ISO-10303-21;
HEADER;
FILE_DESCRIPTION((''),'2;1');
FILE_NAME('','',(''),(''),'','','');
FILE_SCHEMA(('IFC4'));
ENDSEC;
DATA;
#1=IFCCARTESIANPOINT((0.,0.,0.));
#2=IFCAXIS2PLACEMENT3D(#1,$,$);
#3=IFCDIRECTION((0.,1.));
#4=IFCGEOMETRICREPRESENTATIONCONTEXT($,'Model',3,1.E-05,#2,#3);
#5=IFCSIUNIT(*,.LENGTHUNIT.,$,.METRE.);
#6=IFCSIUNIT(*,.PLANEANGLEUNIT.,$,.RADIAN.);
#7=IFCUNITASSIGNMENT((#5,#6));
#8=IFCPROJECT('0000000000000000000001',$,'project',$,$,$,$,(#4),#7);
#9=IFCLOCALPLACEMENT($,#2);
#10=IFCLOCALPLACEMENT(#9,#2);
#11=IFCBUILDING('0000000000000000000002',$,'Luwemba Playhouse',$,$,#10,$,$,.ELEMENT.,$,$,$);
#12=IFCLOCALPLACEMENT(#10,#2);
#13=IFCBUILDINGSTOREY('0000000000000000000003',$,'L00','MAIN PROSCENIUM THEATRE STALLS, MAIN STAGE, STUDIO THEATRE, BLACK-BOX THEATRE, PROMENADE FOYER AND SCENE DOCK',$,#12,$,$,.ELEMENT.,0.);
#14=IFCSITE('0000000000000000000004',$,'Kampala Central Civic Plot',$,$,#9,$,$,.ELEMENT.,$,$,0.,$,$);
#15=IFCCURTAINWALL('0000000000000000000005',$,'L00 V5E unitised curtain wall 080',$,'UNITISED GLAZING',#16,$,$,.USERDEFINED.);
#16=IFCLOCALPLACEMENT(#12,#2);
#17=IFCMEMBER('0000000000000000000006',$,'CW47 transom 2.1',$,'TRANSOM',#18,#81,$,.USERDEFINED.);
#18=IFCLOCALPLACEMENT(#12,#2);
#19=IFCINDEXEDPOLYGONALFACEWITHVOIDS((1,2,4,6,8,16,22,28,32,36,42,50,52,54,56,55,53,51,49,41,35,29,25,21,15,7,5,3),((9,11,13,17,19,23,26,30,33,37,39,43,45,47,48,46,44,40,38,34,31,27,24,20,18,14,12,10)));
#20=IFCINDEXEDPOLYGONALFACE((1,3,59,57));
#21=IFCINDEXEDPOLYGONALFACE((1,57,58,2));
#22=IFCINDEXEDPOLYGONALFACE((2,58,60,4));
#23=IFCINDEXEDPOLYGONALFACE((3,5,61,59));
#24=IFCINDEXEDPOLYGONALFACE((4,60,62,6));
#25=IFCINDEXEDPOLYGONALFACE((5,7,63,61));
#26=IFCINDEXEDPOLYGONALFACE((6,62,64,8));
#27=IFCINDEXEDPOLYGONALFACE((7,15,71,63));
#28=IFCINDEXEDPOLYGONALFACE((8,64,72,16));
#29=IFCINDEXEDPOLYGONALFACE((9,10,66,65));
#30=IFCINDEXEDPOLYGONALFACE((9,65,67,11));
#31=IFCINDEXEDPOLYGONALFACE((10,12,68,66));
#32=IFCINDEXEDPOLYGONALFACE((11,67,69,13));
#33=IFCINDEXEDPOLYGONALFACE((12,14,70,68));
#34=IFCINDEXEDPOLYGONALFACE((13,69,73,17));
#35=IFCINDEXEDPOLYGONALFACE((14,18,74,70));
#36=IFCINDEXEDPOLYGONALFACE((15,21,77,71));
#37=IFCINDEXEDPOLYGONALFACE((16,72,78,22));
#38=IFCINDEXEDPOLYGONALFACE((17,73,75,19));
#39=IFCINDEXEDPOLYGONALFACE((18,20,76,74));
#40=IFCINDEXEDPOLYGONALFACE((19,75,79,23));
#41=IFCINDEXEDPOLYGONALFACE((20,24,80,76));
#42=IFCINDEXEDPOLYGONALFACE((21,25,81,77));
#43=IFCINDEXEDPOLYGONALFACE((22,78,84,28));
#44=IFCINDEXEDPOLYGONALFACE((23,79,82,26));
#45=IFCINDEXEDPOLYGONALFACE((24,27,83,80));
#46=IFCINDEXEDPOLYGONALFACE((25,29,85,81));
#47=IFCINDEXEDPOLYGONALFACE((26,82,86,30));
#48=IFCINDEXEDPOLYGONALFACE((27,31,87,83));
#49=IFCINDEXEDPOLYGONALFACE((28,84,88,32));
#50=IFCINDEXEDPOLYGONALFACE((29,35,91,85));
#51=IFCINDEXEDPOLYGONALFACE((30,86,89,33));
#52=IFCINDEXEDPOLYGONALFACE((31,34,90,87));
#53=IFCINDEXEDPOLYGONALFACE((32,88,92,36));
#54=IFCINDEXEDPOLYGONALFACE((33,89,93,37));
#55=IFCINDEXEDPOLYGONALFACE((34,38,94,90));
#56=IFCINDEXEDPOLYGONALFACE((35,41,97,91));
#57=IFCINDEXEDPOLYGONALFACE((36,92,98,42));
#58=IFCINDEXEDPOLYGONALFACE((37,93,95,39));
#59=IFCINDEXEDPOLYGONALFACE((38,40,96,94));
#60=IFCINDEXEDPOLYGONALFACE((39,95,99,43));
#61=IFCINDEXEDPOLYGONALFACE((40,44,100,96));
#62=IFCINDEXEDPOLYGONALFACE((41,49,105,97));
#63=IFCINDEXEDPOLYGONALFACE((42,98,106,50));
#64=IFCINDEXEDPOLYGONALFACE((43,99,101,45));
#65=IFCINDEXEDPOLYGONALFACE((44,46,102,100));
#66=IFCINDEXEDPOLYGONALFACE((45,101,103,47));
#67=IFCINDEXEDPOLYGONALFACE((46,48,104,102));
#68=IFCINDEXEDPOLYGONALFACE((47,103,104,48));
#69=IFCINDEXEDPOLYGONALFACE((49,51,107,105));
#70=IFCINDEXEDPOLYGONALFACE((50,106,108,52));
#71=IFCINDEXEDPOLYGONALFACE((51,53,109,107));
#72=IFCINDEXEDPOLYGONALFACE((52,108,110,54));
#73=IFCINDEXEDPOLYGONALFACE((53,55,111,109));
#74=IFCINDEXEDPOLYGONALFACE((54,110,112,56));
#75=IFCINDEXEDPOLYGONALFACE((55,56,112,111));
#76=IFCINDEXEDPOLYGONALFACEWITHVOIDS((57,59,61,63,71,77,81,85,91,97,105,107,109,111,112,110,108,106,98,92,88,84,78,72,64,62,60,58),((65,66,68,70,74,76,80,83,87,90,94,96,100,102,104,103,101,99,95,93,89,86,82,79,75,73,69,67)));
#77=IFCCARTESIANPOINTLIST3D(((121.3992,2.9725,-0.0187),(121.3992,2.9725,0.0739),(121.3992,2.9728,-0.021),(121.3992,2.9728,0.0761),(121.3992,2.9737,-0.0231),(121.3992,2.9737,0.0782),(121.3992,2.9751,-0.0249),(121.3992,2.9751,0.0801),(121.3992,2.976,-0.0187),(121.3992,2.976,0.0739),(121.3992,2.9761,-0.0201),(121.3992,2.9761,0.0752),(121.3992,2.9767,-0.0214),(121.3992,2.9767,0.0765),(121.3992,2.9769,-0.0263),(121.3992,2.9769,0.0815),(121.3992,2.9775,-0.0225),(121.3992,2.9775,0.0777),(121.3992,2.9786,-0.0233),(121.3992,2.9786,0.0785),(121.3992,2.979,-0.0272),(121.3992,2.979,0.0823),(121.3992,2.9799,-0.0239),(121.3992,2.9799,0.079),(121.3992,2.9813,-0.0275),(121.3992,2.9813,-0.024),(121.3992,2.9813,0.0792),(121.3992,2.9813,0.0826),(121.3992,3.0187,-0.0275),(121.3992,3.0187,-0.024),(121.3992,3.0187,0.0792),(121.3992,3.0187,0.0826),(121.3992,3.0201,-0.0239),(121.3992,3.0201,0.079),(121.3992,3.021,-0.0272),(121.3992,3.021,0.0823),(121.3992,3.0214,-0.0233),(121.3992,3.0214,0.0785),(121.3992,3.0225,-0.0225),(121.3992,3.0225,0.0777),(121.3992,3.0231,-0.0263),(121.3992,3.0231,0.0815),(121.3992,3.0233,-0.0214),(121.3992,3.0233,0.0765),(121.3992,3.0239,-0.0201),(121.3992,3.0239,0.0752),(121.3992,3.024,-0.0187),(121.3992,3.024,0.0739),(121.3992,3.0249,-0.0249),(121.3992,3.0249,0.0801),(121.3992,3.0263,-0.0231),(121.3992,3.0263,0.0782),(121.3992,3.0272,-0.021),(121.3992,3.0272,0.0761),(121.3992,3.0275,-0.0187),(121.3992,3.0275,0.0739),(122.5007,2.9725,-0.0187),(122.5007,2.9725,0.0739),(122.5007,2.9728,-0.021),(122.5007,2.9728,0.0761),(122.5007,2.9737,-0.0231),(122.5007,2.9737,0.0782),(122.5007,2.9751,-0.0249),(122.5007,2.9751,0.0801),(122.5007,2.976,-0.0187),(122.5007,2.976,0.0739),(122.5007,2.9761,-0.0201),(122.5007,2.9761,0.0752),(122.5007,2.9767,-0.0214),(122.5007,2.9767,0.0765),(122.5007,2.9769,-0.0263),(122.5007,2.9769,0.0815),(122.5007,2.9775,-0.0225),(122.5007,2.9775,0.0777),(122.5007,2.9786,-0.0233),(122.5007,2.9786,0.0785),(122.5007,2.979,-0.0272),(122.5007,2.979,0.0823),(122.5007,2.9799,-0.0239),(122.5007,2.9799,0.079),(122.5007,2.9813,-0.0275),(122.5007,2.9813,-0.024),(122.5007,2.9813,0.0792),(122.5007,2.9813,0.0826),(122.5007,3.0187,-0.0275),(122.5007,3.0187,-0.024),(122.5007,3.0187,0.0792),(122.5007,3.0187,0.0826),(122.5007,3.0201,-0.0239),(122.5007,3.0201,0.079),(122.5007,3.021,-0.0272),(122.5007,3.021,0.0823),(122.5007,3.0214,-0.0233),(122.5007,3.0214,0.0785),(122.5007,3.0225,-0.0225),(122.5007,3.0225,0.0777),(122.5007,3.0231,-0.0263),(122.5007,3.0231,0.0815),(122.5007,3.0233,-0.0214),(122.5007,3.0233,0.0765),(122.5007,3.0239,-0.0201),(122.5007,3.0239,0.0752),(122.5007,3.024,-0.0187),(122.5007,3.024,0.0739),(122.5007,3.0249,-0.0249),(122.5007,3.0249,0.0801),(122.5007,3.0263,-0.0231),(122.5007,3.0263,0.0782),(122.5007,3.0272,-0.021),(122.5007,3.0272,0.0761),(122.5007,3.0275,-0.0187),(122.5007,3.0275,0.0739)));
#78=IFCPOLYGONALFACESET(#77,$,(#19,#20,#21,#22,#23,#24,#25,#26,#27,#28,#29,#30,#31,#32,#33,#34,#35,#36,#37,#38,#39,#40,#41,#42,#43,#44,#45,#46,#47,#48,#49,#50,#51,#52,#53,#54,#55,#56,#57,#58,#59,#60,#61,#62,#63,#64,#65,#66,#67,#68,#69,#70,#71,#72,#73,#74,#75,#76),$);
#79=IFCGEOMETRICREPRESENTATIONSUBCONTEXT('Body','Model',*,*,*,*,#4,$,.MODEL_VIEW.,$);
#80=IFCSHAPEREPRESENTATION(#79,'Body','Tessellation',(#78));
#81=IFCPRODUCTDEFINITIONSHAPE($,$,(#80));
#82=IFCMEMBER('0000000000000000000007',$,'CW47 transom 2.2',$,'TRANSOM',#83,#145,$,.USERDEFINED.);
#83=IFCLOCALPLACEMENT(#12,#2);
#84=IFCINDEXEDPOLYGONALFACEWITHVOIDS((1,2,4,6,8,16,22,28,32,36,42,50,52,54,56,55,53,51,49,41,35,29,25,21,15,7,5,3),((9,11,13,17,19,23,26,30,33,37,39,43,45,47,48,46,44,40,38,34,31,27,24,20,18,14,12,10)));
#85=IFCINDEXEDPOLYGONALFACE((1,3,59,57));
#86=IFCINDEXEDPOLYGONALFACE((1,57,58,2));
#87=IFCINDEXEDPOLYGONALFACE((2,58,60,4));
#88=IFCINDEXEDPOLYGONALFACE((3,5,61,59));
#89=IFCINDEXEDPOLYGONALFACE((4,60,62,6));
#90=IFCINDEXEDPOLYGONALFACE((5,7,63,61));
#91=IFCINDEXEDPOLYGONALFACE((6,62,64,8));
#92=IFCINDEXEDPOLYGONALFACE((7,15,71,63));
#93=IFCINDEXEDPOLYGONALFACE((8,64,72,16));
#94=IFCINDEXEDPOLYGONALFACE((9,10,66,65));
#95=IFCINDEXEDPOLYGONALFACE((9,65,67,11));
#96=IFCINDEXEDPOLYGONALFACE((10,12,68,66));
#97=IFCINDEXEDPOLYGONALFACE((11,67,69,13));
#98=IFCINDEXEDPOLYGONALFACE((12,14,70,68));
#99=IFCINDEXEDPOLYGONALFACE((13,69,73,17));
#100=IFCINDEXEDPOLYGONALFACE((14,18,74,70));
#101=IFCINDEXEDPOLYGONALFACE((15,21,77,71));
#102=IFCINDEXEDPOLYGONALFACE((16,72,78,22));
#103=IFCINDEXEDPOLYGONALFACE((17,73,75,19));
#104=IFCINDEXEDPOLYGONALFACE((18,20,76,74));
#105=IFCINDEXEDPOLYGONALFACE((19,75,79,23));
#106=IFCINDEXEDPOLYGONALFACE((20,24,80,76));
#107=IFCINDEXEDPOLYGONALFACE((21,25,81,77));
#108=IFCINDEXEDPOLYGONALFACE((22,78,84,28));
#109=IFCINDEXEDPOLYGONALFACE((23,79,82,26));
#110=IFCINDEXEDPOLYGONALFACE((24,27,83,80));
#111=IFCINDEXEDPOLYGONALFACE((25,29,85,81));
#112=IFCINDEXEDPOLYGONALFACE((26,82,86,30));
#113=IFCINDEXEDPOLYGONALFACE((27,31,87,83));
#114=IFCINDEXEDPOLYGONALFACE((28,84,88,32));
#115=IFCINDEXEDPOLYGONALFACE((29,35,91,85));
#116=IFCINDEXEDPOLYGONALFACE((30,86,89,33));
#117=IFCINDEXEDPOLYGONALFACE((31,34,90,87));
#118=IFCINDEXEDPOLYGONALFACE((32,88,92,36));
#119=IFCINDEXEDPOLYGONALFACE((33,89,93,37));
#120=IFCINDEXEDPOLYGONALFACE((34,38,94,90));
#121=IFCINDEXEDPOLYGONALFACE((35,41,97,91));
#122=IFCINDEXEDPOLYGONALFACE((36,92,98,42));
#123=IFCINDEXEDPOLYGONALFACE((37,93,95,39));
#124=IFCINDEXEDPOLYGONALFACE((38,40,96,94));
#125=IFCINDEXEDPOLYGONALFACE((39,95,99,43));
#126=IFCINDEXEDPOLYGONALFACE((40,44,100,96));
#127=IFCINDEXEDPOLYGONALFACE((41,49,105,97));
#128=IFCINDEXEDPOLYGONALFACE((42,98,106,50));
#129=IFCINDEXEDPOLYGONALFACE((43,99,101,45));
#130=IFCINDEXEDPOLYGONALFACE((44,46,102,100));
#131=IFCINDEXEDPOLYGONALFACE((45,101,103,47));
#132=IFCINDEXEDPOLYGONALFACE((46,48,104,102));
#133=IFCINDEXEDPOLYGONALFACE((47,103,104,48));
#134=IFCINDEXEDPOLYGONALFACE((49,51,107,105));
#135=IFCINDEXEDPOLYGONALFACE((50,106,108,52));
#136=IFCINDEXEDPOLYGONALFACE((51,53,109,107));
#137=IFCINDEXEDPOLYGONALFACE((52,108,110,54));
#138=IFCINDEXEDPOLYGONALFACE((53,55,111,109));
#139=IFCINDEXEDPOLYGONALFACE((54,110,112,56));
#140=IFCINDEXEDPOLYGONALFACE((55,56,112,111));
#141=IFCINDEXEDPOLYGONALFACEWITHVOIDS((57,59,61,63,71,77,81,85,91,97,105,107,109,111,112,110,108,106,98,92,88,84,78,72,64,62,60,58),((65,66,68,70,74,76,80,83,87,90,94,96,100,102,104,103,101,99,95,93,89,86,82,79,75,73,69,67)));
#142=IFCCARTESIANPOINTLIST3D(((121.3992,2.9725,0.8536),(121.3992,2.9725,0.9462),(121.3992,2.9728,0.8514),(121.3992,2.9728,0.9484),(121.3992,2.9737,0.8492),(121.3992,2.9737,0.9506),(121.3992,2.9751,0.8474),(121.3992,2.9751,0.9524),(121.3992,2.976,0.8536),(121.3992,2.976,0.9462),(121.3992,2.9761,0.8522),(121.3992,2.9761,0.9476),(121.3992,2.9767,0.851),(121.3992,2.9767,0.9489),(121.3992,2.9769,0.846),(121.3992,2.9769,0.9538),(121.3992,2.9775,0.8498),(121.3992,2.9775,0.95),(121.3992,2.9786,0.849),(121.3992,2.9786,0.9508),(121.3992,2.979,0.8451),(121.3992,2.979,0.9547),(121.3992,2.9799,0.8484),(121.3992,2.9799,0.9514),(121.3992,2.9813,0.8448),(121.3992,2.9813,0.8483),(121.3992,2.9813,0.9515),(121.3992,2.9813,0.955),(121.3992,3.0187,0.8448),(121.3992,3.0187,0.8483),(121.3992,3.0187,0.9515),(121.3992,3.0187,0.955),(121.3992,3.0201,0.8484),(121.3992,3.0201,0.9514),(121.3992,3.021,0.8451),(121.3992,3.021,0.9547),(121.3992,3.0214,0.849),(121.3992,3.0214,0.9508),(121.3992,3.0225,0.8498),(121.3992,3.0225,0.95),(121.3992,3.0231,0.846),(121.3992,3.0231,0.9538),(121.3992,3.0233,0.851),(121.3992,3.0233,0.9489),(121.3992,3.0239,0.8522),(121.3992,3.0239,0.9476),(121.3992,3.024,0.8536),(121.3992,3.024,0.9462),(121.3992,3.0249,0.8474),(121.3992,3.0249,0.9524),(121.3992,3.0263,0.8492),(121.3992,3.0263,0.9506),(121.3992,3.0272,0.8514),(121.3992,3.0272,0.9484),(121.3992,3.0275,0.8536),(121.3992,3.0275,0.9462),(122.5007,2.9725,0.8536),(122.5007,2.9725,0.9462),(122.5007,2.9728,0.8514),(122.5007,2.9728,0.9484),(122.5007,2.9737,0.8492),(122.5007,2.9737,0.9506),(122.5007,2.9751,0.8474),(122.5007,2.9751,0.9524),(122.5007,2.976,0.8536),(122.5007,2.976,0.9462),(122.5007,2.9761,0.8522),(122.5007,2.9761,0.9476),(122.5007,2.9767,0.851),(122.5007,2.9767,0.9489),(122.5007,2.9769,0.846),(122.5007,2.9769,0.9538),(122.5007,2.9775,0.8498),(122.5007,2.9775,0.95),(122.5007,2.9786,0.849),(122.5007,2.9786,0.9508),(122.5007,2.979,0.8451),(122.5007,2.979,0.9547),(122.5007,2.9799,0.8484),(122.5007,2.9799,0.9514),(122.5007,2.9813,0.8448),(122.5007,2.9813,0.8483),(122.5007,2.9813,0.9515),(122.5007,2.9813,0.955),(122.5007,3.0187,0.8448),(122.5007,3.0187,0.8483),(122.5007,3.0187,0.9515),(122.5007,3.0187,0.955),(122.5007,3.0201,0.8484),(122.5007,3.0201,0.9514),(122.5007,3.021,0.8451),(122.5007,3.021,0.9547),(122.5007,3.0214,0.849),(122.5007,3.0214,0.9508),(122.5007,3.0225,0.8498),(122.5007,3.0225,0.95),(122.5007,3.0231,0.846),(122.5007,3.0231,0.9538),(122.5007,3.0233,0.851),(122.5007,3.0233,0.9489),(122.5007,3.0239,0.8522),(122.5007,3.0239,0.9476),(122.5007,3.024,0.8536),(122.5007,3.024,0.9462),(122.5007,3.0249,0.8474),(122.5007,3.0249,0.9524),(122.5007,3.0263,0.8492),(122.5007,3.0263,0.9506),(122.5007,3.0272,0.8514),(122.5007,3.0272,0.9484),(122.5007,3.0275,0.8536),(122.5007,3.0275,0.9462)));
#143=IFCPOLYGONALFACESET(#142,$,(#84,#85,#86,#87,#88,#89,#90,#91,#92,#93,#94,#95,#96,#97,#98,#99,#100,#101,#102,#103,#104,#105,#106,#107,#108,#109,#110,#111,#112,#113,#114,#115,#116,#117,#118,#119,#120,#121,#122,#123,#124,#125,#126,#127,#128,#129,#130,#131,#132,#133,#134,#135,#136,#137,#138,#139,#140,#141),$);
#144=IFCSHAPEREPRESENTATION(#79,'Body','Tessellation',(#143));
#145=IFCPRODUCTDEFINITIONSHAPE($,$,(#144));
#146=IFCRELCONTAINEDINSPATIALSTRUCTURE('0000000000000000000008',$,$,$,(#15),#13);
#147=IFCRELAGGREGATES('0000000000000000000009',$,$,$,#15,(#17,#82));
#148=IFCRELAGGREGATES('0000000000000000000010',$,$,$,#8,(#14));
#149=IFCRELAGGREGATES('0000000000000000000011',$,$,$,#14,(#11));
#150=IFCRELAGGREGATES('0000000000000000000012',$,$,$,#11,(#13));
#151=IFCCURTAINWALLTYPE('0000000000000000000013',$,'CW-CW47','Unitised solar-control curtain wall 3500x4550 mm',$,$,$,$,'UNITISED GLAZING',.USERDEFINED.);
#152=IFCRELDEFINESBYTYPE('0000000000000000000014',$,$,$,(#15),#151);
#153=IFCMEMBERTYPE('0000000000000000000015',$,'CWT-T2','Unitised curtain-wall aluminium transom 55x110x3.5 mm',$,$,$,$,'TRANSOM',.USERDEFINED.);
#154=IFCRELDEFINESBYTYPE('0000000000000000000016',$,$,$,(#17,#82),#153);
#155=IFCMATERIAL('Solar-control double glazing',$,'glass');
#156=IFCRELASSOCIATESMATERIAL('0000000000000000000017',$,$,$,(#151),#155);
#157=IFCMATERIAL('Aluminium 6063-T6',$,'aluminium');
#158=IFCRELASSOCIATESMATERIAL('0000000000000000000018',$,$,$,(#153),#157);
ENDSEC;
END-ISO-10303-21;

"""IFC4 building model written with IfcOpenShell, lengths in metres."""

from ifc_helpers import new_model, si_unit, direction, frame, origin, origin_2d, place, context, subcontext, project, spatial, hollow_rectangle, extrude, material, material_profile, profile_set, type_object, element, aggregate, save


model = new_model("IFC4")

# Units and contexts
model_context = context("Model", 3, precision=1e-05, world=origin(), true_north=direction((0.0, 1.0)))
body_context = subcontext(model_context, "Body", "Model", "MODEL_VIEW")
ifc_project = project(units=[si_unit("LENGTHUNIT", "METRE"), si_unit("PLANEANGLEUNIT", "RADIAN")], contexts=[model_context])

# Site, building, storey
site_placement = place(None, origin())
site = spatial("IfcSite", under=ifc_project, at=site_placement, Name="Kampala Central Civic Plot", CompositionType="ELEMENT", RefElevation=0.0)
building_placement = place(site_placement, origin())
building = spatial("IfcBuilding", under=site, at=building_placement, Name="Luwemba Playhouse", CompositionType="ELEMENT")
storey_placement = place(building_placement, origin())
storey = spatial("IfcBuildingStorey", under=building, at=storey_placement, Name="L00", Description="MAIN PROSCENIUM THEATRE STALLS, MAIN STAGE, STUDIO THEATRE, BLACK-BOX THEATRE, PROMENADE FOYER AND SCENE DOCK", CompositionType="ELEMENT", Elevation=0.0)

# Shared definitions
ifc_material_1 = material(Name="Solar-control double glazing", Category="glass")
ifc_material_2 = material(Name="Aluminium 6063-T6", Category="aluminium")

# Curtain wall, members
curtain_wall_type_1 = type_object("IfcCurtainWallType", Name="CW-CW47", Description="Unitised solar-control curtain wall 3500x4550 mm", ElementType="UNITISED GLAZING", PredefinedType="USERDEFINED", material=ifc_material_1)
curtain_wall_1_placement = place(storey_placement, origin())
curtain_wall_1 = element("IfcCurtainWall", 1, at=curtain_wall_1_placement, inside=storey, type_object=curtain_wall_type_1, Name="L00 V5E unitised curtain wall 080", ObjectType="UNITISED GLAZING", PredefinedType="USERDEFINED")
ifc_material_profile_1 = material_profile(ifc_material_2, hollow_rectangle(XDim=0.0549, YDim=0.1101, WallThickness=0.0034, InnerFilletRadius=0.0054, OuterFilletRadius=0.0088, at=origin_2d()))
ifc_profile_set_1 = profile_set([ifc_material_profile_1], Name="Aluminium 6063-T6")
member_type_1 = type_object("IfcMemberType", Name="CWT-T2", Description="Unitised curtain-wall aluminium transom 55x110x3.5 mm", ElementType="TRANSOM", PredefinedType="USERDEFINED", material=ifc_profile_set_1)
member_1_placement = place(storey_placement, frame((122.5007, 3.0, 0.0276), z_axis=(-1.0, 0.0, 0.0), x_axis=(0.0, -1.0, 0.0)))
member_1 = element("IfcMember", 2, at=member_1_placement, type_object=member_type_1, Name="CW47 transom 2.1", ObjectType="TRANSOM", PredefinedType="USERDEFINED", context=body_context, shape_type="SweptSolid", body=[
    extrude(hollow_rectangle(XDim=0.0549, YDim=0.1101, WallThickness=0.0034, InnerFilletRadius=0.0054, OuterFilletRadius=0.0088, at=origin_2d()), origin(), (0.0, 0.0, 1.0), 1.1016),
])
member_2_placement = place(storey_placement, frame((122.5007, 3.0, 0.8999), z_axis=(-1.0, 0.0, 0.0), x_axis=(0.0, -1.0, 0.0)))
member_2 = element("IfcMember", 3, at=member_2_placement, type_object=member_type_1, Name="CW47 transom 2.2", ObjectType="TRANSOM", PredefinedType="USERDEFINED", context=body_context, shape_type="SweptSolid", body=[
    extrude(hollow_rectangle(XDim=0.0549, YDim=0.1101, WallThickness=0.0034, InnerFilletRadius=0.0054, OuterFilletRadius=0.0088, at=origin_2d()), origin(), (0.0, 0.0, 1.0), 1.1016),
])
aggregate(curtain_wall_1, [member_1, member_2])

save(model, "model.ifc")
